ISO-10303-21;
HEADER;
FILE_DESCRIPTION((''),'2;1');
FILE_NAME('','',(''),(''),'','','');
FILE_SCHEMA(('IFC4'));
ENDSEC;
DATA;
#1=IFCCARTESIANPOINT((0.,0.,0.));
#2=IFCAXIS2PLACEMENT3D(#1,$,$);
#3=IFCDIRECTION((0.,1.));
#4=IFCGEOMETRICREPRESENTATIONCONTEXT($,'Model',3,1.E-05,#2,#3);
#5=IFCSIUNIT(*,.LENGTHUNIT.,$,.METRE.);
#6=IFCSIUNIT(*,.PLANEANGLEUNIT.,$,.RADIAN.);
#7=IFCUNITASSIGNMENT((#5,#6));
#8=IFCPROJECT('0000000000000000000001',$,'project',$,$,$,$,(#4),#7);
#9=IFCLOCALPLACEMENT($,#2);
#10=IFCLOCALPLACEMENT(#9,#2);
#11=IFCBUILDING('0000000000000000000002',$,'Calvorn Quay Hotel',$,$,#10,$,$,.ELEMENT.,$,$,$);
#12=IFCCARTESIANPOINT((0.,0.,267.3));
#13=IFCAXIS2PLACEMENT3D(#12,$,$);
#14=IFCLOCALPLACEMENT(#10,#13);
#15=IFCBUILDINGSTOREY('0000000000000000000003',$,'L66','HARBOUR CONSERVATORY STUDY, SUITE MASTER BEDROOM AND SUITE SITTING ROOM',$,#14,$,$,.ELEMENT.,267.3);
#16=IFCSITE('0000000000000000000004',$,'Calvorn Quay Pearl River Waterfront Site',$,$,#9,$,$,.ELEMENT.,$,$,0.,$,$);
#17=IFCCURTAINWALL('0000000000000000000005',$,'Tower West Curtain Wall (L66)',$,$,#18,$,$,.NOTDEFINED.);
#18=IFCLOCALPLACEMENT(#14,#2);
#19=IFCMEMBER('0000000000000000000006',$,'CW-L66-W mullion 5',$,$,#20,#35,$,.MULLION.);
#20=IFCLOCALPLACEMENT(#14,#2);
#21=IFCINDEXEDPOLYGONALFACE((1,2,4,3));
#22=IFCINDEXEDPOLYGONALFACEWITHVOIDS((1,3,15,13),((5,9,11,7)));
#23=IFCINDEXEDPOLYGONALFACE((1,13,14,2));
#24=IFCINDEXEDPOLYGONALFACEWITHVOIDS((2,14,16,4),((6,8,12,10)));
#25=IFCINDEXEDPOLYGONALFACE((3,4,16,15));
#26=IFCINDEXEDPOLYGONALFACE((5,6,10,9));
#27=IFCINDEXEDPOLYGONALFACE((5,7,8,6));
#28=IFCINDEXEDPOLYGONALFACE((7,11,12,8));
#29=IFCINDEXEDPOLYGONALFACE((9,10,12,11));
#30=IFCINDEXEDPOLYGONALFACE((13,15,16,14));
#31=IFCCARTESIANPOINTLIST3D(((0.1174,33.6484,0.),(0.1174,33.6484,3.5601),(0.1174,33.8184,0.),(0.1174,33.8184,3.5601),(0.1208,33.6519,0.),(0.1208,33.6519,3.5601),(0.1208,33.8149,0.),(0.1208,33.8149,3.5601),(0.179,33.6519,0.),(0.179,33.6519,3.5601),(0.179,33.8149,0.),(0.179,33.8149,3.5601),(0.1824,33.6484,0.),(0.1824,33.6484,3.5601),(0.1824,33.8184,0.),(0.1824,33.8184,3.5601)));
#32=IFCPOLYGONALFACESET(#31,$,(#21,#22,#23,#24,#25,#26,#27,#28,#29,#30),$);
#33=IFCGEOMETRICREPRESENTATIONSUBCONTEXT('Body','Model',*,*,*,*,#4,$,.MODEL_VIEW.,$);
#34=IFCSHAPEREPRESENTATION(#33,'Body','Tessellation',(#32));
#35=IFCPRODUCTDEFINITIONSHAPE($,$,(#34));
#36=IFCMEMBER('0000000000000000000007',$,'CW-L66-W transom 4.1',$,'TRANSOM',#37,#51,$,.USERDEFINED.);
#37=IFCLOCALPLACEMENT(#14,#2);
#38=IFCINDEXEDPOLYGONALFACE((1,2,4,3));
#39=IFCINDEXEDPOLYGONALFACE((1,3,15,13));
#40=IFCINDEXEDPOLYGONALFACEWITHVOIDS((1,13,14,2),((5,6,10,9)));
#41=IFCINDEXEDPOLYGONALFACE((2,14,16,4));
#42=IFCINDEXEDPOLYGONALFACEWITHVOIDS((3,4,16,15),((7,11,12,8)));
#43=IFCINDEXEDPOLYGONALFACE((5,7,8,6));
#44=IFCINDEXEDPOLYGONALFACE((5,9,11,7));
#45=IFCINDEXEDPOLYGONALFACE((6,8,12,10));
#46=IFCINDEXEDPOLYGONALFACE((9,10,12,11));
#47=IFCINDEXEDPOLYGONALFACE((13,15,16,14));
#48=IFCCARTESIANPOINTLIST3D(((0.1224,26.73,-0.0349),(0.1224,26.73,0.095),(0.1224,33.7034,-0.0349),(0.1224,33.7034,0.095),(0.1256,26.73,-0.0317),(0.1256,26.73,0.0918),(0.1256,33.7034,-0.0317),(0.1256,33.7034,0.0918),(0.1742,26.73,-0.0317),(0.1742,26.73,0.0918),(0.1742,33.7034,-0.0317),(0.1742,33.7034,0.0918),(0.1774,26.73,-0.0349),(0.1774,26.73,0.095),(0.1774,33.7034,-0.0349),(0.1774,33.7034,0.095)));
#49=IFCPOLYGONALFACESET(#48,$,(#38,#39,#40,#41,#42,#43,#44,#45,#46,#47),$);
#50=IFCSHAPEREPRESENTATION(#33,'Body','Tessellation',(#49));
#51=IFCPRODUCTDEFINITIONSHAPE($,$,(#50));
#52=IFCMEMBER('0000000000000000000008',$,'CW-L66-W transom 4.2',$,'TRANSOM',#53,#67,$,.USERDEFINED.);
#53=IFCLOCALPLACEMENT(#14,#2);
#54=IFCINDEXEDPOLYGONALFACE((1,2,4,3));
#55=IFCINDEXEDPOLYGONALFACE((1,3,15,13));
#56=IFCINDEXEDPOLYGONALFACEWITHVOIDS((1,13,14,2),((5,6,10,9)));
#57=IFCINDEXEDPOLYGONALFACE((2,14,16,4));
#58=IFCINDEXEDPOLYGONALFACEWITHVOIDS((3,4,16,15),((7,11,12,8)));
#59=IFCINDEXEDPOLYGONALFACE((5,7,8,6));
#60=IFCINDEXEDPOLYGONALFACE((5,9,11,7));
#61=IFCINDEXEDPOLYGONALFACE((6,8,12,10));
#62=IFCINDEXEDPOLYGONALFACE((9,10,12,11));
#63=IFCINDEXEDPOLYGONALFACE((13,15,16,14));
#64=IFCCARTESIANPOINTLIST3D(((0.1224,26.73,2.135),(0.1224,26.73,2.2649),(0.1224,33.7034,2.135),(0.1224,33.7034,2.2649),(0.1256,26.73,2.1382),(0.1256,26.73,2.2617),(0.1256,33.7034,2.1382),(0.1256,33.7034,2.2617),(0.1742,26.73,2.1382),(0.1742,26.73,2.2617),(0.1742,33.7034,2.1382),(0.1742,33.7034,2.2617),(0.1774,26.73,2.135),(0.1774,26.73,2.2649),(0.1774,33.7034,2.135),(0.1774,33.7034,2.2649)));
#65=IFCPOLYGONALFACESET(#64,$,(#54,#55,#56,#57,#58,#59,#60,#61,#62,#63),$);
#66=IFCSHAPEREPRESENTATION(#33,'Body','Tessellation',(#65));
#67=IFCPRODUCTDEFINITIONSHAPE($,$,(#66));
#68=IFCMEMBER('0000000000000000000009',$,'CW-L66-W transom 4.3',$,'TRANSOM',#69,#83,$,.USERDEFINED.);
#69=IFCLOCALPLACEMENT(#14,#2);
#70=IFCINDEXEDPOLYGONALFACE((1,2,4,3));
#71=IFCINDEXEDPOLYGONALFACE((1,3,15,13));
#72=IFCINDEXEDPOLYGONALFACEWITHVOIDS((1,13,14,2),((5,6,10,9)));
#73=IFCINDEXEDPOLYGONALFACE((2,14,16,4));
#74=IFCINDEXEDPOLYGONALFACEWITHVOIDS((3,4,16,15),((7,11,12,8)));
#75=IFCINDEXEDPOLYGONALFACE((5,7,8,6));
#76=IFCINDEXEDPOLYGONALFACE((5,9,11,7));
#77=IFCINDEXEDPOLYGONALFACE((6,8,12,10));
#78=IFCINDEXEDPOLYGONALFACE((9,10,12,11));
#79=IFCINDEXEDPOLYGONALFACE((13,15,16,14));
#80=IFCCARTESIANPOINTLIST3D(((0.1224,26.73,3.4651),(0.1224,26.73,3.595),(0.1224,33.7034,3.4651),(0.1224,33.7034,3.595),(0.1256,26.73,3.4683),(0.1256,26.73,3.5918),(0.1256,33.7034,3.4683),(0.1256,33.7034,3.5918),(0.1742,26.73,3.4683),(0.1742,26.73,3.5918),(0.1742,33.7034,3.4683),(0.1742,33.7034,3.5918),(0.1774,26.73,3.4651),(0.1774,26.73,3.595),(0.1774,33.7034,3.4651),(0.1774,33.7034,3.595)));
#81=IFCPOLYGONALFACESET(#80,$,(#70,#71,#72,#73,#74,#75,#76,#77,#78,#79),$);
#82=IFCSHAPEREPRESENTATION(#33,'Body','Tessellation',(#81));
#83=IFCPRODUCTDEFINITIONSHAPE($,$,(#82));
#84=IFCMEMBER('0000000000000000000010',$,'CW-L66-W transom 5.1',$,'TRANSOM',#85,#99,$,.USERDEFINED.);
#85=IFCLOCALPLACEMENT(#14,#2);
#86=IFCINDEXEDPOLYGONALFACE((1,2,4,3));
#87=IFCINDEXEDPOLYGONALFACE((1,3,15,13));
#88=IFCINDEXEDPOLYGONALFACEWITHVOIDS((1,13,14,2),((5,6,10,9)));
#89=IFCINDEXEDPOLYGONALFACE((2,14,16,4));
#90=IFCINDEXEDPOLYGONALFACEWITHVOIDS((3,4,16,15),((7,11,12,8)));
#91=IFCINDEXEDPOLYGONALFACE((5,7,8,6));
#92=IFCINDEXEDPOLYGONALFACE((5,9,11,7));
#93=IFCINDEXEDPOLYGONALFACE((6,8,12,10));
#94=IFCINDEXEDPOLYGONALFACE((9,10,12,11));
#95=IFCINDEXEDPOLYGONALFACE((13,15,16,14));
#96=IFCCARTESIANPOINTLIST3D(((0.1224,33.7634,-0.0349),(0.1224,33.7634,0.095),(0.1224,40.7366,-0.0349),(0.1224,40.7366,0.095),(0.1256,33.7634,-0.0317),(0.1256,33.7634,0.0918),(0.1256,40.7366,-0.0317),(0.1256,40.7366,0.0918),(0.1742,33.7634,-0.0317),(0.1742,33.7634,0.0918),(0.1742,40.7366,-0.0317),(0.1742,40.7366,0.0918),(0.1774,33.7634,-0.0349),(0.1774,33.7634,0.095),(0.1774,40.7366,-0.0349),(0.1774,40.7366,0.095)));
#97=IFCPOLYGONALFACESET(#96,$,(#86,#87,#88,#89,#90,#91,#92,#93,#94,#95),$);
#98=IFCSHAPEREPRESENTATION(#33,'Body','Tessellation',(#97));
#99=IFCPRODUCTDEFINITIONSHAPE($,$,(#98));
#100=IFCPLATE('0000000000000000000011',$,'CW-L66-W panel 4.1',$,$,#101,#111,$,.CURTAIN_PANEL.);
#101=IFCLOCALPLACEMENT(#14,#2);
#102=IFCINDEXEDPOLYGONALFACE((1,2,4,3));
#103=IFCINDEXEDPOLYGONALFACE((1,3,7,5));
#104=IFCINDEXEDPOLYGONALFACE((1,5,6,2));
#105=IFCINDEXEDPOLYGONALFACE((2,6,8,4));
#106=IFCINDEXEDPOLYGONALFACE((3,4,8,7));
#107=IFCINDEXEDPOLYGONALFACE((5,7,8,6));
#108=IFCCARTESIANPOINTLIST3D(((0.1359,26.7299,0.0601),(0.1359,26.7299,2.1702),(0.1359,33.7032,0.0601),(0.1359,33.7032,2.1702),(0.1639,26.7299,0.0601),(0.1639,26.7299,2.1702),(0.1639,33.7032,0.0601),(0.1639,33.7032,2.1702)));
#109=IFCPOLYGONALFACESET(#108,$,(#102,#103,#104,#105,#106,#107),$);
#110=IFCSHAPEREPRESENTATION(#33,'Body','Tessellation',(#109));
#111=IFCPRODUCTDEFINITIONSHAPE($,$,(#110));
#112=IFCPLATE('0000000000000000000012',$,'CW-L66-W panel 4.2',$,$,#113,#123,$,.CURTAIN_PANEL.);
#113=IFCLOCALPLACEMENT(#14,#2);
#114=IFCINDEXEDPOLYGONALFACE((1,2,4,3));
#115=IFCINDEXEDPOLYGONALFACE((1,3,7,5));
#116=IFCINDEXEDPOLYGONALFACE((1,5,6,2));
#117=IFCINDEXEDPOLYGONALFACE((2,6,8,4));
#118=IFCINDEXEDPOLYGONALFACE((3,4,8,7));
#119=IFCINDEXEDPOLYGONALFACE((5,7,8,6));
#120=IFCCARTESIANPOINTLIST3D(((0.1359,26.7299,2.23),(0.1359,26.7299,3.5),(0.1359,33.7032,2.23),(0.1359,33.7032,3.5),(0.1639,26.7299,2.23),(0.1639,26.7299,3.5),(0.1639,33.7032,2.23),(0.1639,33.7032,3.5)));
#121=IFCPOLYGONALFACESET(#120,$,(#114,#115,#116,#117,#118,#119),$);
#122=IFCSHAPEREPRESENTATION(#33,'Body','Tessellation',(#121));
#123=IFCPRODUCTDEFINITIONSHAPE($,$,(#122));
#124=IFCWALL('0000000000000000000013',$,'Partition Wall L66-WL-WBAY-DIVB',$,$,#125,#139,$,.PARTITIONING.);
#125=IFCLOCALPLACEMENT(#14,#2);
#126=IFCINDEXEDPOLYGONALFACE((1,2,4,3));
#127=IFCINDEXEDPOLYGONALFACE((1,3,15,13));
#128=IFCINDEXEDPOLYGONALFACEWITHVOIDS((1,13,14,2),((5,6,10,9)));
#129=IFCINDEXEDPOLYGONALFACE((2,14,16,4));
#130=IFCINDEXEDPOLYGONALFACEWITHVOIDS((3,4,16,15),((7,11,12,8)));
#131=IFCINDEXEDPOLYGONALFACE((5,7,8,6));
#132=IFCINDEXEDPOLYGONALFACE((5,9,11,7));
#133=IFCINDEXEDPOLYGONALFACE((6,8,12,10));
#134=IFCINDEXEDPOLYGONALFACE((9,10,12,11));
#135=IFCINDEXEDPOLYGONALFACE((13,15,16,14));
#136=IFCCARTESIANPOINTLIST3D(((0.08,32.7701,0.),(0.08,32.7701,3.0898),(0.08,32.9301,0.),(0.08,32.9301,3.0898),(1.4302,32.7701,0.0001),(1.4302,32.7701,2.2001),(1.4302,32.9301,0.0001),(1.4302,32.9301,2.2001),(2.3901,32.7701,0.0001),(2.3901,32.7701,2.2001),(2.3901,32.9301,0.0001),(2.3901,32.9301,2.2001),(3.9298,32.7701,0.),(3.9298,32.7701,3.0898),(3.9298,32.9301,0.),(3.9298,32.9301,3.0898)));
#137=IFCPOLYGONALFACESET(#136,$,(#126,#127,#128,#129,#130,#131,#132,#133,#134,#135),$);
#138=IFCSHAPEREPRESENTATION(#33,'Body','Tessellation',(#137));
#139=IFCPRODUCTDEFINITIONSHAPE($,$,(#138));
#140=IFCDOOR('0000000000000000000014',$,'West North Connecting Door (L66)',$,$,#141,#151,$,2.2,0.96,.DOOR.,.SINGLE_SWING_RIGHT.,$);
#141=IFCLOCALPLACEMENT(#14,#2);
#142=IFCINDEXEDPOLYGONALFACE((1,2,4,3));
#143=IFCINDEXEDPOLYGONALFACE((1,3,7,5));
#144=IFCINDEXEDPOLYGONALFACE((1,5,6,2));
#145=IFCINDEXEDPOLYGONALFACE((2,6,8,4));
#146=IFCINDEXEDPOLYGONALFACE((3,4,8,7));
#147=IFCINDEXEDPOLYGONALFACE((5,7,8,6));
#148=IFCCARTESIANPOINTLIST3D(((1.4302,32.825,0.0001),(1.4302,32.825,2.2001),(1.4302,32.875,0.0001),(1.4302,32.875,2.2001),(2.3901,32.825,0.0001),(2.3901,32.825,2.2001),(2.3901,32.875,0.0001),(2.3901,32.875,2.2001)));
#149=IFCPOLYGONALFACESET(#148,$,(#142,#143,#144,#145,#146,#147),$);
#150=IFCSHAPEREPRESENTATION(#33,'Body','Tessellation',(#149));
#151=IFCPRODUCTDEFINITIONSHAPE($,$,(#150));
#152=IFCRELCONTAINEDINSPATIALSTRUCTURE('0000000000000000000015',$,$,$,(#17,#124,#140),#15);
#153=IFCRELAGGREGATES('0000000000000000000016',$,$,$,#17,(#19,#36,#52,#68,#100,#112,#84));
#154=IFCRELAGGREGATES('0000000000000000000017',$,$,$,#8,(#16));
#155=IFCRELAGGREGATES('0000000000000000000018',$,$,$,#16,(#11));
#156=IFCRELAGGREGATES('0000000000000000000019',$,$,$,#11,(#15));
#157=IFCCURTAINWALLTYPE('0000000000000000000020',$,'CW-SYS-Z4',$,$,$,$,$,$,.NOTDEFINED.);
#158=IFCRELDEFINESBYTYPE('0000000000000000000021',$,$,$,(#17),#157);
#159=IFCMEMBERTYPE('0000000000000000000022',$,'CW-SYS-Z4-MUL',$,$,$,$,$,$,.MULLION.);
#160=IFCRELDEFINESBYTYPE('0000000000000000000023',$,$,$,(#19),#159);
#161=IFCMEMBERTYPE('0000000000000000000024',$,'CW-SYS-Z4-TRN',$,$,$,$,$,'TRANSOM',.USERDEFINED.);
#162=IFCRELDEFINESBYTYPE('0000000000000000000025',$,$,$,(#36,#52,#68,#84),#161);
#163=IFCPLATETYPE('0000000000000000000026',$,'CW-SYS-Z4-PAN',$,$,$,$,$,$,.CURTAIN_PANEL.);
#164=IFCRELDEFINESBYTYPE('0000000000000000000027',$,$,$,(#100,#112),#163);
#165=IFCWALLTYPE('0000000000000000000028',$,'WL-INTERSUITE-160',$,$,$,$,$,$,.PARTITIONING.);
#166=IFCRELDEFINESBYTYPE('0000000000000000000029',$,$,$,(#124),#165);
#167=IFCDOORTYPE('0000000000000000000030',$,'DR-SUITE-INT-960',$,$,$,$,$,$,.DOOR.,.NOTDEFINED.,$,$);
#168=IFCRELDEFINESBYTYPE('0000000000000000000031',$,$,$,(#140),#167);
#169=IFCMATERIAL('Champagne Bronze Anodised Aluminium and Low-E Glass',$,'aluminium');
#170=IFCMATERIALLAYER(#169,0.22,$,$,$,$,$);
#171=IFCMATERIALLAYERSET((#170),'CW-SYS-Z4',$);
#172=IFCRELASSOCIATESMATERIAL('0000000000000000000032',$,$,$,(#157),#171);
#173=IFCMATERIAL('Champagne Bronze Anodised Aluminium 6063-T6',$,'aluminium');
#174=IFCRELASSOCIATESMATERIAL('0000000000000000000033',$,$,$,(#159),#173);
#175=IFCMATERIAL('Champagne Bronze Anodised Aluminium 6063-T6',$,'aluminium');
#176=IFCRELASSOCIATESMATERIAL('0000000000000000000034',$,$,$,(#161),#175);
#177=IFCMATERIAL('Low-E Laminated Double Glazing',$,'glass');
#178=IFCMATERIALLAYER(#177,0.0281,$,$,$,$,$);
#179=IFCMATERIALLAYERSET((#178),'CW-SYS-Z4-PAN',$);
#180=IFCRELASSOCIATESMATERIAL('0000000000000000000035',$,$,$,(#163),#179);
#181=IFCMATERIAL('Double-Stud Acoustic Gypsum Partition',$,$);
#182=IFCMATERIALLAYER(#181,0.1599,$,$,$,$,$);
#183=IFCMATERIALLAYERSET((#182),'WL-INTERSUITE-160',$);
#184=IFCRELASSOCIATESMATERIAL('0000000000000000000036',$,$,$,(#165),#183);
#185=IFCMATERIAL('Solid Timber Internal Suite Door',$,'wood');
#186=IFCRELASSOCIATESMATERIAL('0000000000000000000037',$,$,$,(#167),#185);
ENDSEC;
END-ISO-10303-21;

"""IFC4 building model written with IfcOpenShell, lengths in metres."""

from ifc_helpers import new_model, si_unit, direction, frame, frame_2d, origin, origin_2d, place, context, subcontext, project, spatial, rectangle, hollow_rectangle, extrude, material, layer, layer_set, material_profile, profile_set, type_object, element, fill, aggregate, save


model = new_model("IFC4")

# Units and contexts
model_context = context("Model", 3, precision=1e-05, world=origin(), true_north=direction((0.0, 1.0)))
body_context = subcontext(model_context, "Body", "Model", "MODEL_VIEW")
ifc_project = project(units=[si_unit("LENGTHUNIT", "METRE"), si_unit("PLANEANGLEUNIT", "RADIAN")], contexts=[model_context])

# Site, building, storey
site_placement = place(None, origin())
site = spatial("IfcSite", under=ifc_project, at=site_placement, Name="Calvorn Quay Pearl River Waterfront Site", CompositionType="ELEMENT", RefElevation=0.0)
building_placement = place(site_placement, origin())
building = spatial("IfcBuilding", under=site, at=building_placement, Name="Calvorn Quay Hotel", CompositionType="ELEMENT")
storey_placement = place(building_placement, frame((0.0, 0.0, 267.3)))
storey = spatial("IfcBuildingStorey", under=building, at=storey_placement, Name="L66", Description="HARBOUR CONSERVATORY STUDY, SUITE MASTER BEDROOM AND SUITE SITTING ROOM", CompositionType="ELEMENT", Elevation=267.3)

# Curtain wall, members, plates
ifc_material_1 = material(Name="Champagne Bronze Anodised Aluminium and Low-E Glass", Category="aluminium")
ifc_layer_1 = layer(ifc_material_1, 0.22)
ifc_layer_set_1 = layer_set([ifc_layer_1], Name="CW-SYS-Z4")
curtain_wall_type = type_object("IfcCurtainWallType", Name="CW-SYS-Z4", PredefinedType="NOTDEFINED", material=ifc_layer_set_1)
curtain_wall_placement = place(storey_placement, origin())
curtain_wall = element("IfcCurtainWall", 1, at=curtain_wall_placement, inside=storey, type_object=curtain_wall_type, Name="Tower West Curtain Wall (L66)", PredefinedType="NOTDEFINED")
ifc_material_2 = material(Name="Champagne Bronze Anodised Aluminium 6063-T6", Category="aluminium")
ifc_material_profile_1 = material_profile(ifc_material_2, hollow_rectangle(XDim=0.0649, YDim=0.1699, WallThickness=0.0034, at=origin_2d()), Name="ALU-M170x65x3.5")
ifc_profile_set_1 = profile_set([ifc_material_profile_1], Name="Champagne Bronze Anodised Aluminium 6063-T6")
member_type_1 = type_object("IfcMemberType", Name="CW-SYS-Z4-MUL", PredefinedType="MULLION", material=ifc_profile_set_1)
member_1_placement = place(storey_placement, frame((0.1499, 33.7334, 0.0), z_axis=(0.0, 0.0, 1.0), x_axis=(-1.0, 0.0, 0.0)))
member_1 = element("IfcMember", 2, at=member_1_placement, type_object=member_type_1, Name="CW-L66-W mullion 5", PredefinedType="MULLION", context=body_context, shape_type="SweptSolid", body=[
    extrude(hollow_rectangle(XDim=0.0649, YDim=0.1699, WallThickness=0.0034, at=origin_2d()), origin(), (0.0, 0.0, 1.0), 3.5601),
])
ifc_material_3 = material(Name="Champagne Bronze Anodised Aluminium 6063-T6", Category="aluminium")
ifc_material_profile_2 = material_profile(ifc_material_3, hollow_rectangle(XDim=0.0549, YDim=0.1299, WallThickness=0.0032, at=origin_2d()), Name="ALU-T130x55x3.2")
ifc_profile_set_2 = profile_set([ifc_material_profile_2], Name="Champagne Bronze Anodised Aluminium 6063-T6")
member_type_2 = type_object("IfcMemberType", Name="CW-SYS-Z4-TRN", ElementType="TRANSOM", PredefinedType="USERDEFINED", material=ifc_profile_set_2)
member_2_placement = place(storey_placement, frame((0.1499, 26.73, 0.03), z_axis=(0.0, 1.0, 0.0), x_axis=(-1.0, 0.0, 0.0)))
member_2 = element("IfcMember", 3, at=member_2_placement, type_object=member_type_2, Name="CW-L66-W transom 4.1", ObjectType="TRANSOM", PredefinedType="USERDEFINED", context=body_context, shape_type="SweptSolid", body=[
    extrude(hollow_rectangle(XDim=0.0549, YDim=0.1299, WallThickness=0.0032, at=origin_2d()), origin(), (0.0, 0.0, 1.0), 6.9734),
])
member_3_placement = place(storey_placement, frame((0.1499, 26.73, 2.2), z_axis=(0.0, 1.0, 0.0), x_axis=(-1.0, 0.0, 0.0)))
member_3 = element("IfcMember", 4, at=member_3_placement, type_object=member_type_2, Name="CW-L66-W transom 4.2", ObjectType="TRANSOM", PredefinedType="USERDEFINED", context=body_context, shape_type="SweptSolid", body=[
    extrude(hollow_rectangle(XDim=0.0549, YDim=0.1299, WallThickness=0.0032, at=origin_2d()), origin(), (0.0, 0.0, 1.0), 6.9734),
])
member_4_placement = place(storey_placement, frame((0.1499, 26.73, 3.53), z_axis=(0.0, 1.0, 0.0), x_axis=(-1.0, 0.0, 0.0)))
member_4 = element("IfcMember", 5, at=member_4_placement, type_object=member_type_2, Name="CW-L66-W transom 4.3", ObjectType="TRANSOM", PredefinedType="USERDEFINED", context=body_context, shape_type="SweptSolid", body=[
    extrude(hollow_rectangle(XDim=0.0549, YDim=0.1299, WallThickness=0.0032, at=origin_2d()), origin(), (0.0, 0.0, 1.0), 6.9734),
])
member_5_placement = place(storey_placement, frame((0.1499, 33.7634, 0.03), z_axis=(0.0, 1.0, 0.0), x_axis=(-1.0, 0.0, 0.0)))
member_5 = element("IfcMember", 6, at=member_5_placement, type_object=member_type_2, Name="CW-L66-W transom 5.1", ObjectType="TRANSOM", PredefinedType="USERDEFINED", context=body_context, shape_type="SweptSolid", body=[
    extrude(hollow_rectangle(XDim=0.0549, YDim=0.1299, WallThickness=0.0032, at=origin_2d()), origin(), (0.0, 0.0, 1.0), 6.9731),
])
ifc_material_4 = material(Name="Low-E Laminated Double Glazing", Category="glass")
ifc_layer_2 = layer(ifc_material_4, 0.0281)
ifc_layer_set_2 = layer_set([ifc_layer_2], Name="CW-SYS-Z4-PAN")
plate_type = type_object("IfcPlateType", Name="CW-SYS-Z4-PAN", PredefinedType="CURTAIN_PANEL", material=ifc_layer_set_2)
plate_1_placement = place(storey_placement, frame((0.1499, 30.2166, 0.0601), z_axis=(0.0, 0.0, 1.0), x_axis=(0.0, 1.0, 0.0)))
plate_1 = element("IfcPlate", 7, at=plate_1_placement, type_object=plate_type, Name="CW-L66-W panel 4.1", PredefinedType="CURTAIN_PANEL", context=body_context, shape_type="SweptSolid", body=[
    extrude(rectangle(XDim=6.9734, YDim=0.0281, at=origin_2d()), origin(), (0.0, 0.0, 1.0), 2.1101),
])
plate_2_placement = place(storey_placement, frame((0.1499, 30.2166, 2.23), z_axis=(0.0, 0.0, 1.0), x_axis=(0.0, 1.0, 0.0)))
plate_2 = element("IfcPlate", 8, at=plate_2_placement, type_object=plate_type, Name="CW-L66-W panel 4.2", PredefinedType="CURTAIN_PANEL", context=body_context, shape_type="SweptSolid", body=[
    extrude(rectangle(XDim=6.9734, YDim=0.0281, at=origin_2d()), origin(), (0.0, 0.0, 1.0), 1.27),
])
aggregate(curtain_wall, [member_1, member_2, member_3, member_4, plate_1, plate_2, member_5])

# Wall, opening, door
ifc_material_5 = material(Name="Double-Stud Acoustic Gypsum Partition")
ifc_layer_3 = layer(ifc_material_5, 0.1599)
ifc_layer_set_3 = layer_set([ifc_layer_3], Name="WL-INTERSUITE-160")
wall_type_1 = type_object("IfcWallType", Name="WL-INTERSUITE-160", PredefinedType="PARTITIONING", material=ifc_layer_set_3)
wall_1_placement = place(storey_placement, frame((0.0801, 32.8501, 0.0), z_axis=(0.0, 0.0, 1.0), x_axis=(1.0, 0.0, 0.0)))
wall_1 = element("IfcWall", 9, at=wall_1_placement, inside=storey, type_object=wall_type_1, Name="Partition Wall L66-WL-WBAY-DIVB", PredefinedType="PARTITIONING", context=body_context, shape_type="SweptSolid", body=[
    extrude(rectangle(XDim=3.8499, YDim=0.1599, at=frame_2d((1.9248, 0.0))), origin(), (0.0, 0.0, 1.0), 3.0898),
])
opening_1_placement = place(wall_1_placement, frame((1.3501, 0.0, 0.0)))
opening_1 = element("IfcOpeningElement", 10, at=opening_1_placement, cuts=wall_1, PredefinedType="OPENING", context=body_context, shape_type="SweptSolid", body=[
    extrude(rectangle(XDim=0.96, YDim=2.2, at=frame_2d((0.48, 1.1001))), frame((0.0, 0.0898, 0.0), z_axis=(0.0, -1.0, 0.0), x_axis=(1.0, 0.0, 0.0)), (0.0, 0.0, 1.0), 0.1799),
])
ifc_material_6 = material(Name="Solid Timber Internal Suite Door", Category="wood")
door_type_1 = type_object("IfcDoorType", Name="DR-SUITE-INT-960", OperationType="NOTDEFINED", PredefinedType="DOOR", material=ifc_material_6)
door_1_placement = place(opening_1_placement, origin())
door_1 = element("IfcDoor", 11, at=door_1_placement, inside=storey, type_object=door_type_1, Name="West North Connecting Door (L66)", OperationType="SINGLE_SWING_RIGHT", OverallHeight=2.2, OverallWidth=0.96, PredefinedType="DOOR", context=body_context, shape_type="SweptSolid", body=[
    extrude(rectangle(XDim=0.96, YDim=2.2, at=frame_2d((0.48, 1.1001))), frame((0.0, 0.0249, 0.0), z_axis=(0.0, -1.0, 0.0), x_axis=(1.0, 0.0, 0.0)), (0.0, 0.0, 1.0), 0.05),
])
fill(opening_1, door_1)

save(model, "model.ifc")
